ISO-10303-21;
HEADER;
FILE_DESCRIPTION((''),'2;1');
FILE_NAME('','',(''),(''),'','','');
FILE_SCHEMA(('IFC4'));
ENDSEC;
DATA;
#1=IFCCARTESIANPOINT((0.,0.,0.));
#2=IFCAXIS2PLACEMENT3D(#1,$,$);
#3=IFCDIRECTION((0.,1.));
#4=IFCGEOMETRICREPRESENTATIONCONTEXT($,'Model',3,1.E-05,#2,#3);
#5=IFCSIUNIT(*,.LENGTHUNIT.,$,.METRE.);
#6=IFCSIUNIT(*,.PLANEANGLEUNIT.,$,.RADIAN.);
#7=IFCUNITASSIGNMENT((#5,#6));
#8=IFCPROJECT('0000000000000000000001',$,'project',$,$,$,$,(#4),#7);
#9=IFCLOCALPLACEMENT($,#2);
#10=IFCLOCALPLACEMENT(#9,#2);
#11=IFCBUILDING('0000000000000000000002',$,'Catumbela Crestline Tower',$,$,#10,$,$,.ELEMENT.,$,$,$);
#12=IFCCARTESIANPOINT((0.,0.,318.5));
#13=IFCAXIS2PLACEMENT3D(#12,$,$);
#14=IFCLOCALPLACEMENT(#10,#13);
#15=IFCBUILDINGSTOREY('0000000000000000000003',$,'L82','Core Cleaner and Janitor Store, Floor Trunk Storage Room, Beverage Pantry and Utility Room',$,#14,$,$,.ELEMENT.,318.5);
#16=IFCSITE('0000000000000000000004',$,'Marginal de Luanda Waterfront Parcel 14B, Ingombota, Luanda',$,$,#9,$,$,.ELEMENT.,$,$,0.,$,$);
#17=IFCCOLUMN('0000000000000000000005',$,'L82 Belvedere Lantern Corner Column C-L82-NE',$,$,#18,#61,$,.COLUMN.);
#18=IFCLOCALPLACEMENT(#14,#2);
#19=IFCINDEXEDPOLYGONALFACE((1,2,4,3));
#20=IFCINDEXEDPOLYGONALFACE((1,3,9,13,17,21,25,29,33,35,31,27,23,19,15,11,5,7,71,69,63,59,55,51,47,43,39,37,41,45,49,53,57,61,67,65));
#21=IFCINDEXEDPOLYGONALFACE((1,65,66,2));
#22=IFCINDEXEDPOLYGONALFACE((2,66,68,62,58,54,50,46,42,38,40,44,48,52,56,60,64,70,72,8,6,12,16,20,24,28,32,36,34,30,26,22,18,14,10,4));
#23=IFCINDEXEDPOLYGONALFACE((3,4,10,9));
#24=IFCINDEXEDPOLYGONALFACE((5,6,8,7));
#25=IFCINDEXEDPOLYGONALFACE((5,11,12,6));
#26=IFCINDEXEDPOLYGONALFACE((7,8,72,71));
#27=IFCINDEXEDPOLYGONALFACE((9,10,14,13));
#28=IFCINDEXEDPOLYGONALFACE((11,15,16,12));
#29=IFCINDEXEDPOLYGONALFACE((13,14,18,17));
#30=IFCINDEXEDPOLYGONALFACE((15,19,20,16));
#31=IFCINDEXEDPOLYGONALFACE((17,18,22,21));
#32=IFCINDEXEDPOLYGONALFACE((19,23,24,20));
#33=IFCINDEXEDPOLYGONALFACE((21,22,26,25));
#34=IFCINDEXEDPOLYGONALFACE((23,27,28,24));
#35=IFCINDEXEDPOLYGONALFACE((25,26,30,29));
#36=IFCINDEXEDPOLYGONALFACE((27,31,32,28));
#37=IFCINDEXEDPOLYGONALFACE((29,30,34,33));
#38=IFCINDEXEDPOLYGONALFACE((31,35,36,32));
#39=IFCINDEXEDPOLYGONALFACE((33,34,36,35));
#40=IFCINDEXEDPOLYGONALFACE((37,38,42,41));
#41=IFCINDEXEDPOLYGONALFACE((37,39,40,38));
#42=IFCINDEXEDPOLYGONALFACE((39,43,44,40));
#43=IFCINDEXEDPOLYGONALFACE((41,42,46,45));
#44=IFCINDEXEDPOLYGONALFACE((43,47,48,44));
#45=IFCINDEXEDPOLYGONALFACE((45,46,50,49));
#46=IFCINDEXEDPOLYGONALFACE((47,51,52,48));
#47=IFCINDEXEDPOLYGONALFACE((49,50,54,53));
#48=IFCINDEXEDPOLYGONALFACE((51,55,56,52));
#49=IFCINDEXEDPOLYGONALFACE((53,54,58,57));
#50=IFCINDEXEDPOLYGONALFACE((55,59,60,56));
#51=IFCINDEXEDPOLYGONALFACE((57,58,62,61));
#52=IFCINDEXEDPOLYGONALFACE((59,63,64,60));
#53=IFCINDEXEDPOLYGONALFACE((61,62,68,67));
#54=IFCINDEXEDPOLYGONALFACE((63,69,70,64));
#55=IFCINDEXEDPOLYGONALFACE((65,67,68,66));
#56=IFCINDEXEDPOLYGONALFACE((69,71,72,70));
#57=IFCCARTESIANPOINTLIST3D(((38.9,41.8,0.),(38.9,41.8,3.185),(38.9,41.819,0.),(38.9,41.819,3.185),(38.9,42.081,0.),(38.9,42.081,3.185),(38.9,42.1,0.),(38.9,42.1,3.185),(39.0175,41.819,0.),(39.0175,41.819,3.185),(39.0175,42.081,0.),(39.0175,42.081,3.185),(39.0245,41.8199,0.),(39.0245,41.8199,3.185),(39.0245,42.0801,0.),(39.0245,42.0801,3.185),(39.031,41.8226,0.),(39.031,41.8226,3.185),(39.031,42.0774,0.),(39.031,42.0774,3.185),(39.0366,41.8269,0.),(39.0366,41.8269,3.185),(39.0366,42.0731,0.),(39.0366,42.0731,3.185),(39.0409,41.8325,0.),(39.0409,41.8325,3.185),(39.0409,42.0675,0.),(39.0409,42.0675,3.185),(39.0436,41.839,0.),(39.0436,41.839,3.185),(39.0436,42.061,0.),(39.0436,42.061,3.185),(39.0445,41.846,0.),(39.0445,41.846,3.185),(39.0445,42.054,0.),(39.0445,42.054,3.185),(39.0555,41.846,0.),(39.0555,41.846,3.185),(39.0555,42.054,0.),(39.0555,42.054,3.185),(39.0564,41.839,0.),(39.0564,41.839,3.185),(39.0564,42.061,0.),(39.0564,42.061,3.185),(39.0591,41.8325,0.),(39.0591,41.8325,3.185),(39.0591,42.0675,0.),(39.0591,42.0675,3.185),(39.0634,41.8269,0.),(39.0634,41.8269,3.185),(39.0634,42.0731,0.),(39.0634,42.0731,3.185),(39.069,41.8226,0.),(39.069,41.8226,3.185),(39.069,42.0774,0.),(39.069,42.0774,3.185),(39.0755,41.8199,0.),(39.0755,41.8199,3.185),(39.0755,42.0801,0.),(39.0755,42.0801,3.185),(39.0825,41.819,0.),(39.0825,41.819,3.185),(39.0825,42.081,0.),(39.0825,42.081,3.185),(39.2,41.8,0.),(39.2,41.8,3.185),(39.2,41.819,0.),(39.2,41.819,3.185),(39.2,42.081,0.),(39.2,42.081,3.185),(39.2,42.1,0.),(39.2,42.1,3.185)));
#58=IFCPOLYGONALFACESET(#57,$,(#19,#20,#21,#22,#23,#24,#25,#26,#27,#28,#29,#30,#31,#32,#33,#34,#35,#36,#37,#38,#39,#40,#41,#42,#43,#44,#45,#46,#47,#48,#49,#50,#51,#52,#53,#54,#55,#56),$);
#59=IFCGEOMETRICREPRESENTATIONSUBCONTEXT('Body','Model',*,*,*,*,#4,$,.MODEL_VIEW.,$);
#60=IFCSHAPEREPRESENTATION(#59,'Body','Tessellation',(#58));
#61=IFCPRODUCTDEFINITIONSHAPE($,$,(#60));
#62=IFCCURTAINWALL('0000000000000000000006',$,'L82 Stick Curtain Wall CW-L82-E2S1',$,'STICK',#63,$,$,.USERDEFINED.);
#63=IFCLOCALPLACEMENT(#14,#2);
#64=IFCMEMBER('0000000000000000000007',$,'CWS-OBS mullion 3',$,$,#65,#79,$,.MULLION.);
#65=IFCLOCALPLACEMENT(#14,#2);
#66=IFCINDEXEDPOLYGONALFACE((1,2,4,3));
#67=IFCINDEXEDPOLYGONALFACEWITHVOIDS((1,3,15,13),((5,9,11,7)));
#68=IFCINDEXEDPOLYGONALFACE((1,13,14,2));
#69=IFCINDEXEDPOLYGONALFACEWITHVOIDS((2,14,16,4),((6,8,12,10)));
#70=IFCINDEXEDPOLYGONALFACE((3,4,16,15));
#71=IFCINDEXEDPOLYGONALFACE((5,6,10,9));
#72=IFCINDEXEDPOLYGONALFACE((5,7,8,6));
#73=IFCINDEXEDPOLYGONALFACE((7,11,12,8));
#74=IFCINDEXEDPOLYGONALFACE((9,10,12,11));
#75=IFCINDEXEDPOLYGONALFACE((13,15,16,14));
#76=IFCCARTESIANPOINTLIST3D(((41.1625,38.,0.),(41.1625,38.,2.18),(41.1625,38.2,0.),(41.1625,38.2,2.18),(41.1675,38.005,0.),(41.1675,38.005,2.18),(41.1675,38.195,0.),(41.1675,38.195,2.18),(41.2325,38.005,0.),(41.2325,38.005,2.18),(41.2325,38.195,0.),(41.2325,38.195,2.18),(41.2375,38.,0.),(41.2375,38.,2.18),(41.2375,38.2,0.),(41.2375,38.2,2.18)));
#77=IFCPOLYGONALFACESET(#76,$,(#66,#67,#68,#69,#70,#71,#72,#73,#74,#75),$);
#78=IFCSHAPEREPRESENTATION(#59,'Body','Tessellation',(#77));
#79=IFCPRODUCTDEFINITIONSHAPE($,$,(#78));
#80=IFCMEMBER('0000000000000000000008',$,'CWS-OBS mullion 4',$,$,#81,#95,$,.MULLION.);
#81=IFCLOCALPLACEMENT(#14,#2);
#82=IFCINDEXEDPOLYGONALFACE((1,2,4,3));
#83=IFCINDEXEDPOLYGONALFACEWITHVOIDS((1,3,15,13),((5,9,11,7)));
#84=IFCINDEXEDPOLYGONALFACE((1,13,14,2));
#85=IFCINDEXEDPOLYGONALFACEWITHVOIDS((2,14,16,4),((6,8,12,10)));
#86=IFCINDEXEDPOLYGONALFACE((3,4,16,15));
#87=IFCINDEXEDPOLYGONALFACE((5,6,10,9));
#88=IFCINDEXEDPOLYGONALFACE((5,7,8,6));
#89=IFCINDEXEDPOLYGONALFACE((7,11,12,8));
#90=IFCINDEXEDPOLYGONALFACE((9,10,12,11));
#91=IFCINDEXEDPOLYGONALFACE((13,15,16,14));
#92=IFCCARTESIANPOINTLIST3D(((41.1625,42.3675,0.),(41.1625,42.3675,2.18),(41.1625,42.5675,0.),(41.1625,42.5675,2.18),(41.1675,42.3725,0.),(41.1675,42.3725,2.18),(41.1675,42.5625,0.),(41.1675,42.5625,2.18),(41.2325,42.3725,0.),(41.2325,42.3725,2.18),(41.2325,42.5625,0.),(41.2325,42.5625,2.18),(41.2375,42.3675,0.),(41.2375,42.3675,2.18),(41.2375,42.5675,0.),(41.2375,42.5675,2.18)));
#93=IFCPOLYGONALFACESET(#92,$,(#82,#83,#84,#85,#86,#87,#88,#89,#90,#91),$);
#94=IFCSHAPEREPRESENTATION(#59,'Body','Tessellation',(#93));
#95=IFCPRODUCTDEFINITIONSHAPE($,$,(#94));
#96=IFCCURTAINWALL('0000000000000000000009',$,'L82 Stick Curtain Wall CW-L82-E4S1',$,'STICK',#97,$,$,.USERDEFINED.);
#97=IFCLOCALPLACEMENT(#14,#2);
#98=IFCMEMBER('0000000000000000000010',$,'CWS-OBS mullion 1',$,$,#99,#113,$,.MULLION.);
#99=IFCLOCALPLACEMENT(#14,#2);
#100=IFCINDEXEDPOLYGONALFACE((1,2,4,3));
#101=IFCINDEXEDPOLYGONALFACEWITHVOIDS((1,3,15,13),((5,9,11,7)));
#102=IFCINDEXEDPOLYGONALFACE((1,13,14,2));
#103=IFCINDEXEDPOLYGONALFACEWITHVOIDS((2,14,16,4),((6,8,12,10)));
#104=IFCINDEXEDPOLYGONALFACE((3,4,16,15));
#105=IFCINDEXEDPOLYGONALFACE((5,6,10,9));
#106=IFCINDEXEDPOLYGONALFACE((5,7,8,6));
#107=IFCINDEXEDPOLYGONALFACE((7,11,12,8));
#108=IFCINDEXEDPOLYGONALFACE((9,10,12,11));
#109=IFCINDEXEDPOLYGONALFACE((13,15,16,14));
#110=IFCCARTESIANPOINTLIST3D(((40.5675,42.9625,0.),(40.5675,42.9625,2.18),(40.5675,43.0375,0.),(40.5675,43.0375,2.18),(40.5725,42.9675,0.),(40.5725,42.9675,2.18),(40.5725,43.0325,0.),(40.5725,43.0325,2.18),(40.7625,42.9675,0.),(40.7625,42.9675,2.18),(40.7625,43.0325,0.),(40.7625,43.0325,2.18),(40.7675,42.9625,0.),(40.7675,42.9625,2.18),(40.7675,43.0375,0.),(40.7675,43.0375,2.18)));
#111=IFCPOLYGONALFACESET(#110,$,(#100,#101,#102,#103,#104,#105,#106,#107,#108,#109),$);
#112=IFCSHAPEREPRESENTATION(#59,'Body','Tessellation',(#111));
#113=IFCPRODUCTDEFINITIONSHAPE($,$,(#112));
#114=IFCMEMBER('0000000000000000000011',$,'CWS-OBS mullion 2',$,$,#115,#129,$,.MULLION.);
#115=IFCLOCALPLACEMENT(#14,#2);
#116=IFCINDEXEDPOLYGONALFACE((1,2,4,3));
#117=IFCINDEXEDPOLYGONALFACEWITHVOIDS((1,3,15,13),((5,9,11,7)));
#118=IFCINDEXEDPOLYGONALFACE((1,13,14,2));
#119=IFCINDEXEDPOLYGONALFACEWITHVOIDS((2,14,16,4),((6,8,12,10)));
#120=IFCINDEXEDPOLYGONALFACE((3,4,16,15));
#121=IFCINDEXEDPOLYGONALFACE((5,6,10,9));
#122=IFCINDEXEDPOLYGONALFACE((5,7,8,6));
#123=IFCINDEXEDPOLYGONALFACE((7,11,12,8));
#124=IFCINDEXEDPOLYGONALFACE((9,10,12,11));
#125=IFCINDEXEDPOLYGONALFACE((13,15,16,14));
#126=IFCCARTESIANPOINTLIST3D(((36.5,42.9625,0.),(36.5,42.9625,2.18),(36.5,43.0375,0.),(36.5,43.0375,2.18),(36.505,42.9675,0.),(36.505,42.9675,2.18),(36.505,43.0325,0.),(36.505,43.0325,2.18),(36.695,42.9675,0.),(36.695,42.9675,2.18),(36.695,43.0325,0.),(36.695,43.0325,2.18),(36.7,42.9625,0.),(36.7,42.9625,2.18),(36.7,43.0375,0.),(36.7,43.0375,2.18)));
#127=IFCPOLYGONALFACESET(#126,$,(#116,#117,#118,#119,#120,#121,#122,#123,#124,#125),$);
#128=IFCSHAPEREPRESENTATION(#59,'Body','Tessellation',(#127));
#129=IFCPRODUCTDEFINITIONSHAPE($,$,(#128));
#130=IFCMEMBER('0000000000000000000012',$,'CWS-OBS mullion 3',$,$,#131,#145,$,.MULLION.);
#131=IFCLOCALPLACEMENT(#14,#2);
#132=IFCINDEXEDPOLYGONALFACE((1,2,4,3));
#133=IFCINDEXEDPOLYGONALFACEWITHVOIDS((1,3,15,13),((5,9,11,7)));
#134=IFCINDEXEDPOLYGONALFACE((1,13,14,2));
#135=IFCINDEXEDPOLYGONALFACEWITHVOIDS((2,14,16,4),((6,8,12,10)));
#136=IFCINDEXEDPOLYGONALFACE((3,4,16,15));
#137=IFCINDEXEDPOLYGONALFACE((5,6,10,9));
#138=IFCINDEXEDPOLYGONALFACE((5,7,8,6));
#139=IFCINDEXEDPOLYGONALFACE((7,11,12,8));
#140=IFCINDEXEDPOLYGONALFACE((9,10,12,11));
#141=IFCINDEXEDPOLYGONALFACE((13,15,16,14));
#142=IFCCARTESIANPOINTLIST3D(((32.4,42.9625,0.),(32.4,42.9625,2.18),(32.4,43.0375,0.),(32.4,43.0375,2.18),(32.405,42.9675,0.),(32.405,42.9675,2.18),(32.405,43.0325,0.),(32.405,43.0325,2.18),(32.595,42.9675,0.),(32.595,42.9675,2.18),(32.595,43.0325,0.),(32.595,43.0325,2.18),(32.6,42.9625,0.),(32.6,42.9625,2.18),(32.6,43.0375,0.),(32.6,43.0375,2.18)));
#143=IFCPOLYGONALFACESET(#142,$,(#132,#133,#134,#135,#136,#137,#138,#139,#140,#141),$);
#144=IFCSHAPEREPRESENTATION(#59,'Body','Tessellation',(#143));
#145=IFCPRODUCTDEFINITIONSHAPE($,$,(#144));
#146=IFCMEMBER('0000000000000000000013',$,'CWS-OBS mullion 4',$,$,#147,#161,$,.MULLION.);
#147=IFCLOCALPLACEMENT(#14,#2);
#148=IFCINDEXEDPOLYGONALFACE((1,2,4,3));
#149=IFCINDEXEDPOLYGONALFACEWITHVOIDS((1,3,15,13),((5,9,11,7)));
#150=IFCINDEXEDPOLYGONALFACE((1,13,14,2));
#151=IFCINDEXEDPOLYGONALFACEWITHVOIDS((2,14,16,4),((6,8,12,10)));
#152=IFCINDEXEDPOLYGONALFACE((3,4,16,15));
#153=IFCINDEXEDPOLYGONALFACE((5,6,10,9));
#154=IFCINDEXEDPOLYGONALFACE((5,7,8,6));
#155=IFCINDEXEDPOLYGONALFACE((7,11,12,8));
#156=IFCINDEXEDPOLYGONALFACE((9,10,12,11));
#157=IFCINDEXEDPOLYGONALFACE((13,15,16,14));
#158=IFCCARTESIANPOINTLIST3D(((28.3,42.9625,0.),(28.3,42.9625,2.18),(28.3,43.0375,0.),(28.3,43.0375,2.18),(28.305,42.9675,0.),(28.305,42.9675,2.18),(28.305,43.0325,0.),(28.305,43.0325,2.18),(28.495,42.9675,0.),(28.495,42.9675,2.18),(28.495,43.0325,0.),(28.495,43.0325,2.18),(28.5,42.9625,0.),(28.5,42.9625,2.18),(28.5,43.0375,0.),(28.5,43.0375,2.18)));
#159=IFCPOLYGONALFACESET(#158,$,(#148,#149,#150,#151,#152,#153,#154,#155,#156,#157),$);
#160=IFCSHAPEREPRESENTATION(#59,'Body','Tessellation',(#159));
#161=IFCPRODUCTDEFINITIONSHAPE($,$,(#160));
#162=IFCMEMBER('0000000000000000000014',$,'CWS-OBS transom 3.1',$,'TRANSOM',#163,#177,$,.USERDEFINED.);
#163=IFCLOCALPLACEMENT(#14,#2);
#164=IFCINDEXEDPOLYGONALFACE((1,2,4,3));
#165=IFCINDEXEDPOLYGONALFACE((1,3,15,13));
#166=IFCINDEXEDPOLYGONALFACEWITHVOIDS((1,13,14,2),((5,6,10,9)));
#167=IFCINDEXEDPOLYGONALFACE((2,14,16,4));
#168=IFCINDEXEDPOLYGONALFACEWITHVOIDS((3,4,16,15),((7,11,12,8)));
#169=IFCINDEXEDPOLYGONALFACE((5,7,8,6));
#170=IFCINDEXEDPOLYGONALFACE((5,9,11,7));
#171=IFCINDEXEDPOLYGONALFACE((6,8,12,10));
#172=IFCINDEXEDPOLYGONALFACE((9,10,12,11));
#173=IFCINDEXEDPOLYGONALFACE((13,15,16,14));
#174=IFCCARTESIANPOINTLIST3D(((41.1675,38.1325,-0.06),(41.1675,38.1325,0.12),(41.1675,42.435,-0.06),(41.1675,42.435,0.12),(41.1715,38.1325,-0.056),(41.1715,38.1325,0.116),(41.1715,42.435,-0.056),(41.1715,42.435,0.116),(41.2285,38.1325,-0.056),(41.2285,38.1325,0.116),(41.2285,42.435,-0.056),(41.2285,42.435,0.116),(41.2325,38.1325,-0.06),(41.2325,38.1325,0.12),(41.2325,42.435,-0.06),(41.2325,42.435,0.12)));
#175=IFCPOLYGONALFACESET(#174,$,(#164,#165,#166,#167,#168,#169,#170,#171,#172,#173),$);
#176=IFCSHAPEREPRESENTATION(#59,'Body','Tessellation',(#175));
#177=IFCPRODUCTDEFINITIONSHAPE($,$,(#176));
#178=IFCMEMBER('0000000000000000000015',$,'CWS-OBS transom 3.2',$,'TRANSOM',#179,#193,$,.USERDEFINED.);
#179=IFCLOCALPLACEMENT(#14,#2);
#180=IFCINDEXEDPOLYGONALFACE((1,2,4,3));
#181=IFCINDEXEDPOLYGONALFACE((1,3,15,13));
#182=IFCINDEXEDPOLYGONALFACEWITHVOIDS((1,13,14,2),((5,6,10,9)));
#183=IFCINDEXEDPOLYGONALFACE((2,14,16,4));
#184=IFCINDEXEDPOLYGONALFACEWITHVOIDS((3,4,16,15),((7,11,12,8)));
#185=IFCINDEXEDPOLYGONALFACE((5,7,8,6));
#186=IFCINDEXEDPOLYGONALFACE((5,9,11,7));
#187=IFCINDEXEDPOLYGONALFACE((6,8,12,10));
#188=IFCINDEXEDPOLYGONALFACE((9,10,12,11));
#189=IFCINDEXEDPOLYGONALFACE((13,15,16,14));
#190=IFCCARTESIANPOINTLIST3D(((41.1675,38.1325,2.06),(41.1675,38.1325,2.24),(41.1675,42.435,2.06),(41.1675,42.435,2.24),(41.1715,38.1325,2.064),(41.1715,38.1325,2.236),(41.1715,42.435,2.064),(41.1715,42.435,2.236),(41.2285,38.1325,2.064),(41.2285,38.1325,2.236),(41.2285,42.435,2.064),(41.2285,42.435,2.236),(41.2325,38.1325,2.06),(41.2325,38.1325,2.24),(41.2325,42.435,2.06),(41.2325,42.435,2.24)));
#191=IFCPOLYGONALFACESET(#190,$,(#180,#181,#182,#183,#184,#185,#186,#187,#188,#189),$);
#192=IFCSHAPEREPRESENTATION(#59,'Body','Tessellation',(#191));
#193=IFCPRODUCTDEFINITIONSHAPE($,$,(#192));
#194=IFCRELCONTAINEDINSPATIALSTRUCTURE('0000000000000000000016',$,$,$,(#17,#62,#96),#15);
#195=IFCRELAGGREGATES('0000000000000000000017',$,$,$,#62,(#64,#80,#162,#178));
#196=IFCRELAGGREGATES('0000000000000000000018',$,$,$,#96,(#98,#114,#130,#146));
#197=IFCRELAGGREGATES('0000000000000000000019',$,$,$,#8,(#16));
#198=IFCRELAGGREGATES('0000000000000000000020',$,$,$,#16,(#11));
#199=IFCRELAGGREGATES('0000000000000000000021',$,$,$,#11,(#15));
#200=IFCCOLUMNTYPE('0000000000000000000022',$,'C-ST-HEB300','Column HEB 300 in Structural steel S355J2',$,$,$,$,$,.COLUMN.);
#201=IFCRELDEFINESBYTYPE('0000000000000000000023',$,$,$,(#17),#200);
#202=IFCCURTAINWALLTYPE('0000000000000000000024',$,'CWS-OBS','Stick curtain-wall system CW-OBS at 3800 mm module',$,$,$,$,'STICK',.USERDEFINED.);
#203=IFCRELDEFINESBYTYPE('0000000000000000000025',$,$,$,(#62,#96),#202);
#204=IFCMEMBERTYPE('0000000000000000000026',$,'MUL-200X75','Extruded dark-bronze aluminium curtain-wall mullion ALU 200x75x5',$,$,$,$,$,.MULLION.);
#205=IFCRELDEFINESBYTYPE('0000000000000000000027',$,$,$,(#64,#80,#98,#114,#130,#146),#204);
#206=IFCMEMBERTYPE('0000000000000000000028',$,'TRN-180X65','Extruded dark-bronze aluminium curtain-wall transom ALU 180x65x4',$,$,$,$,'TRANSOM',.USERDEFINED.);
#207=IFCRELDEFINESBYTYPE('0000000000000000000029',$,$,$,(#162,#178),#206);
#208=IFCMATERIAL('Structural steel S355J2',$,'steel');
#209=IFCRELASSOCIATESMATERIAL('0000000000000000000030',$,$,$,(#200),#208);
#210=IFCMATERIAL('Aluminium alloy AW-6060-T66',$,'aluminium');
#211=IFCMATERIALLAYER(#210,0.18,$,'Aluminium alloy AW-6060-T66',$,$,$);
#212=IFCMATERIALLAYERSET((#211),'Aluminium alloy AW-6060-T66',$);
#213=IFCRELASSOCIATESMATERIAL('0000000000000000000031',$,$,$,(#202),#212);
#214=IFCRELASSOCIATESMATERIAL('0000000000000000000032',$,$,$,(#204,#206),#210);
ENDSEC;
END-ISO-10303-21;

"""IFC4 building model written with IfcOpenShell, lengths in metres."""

from ifc_helpers import new_model, si_unit, direction, frame, origin, origin_2d, place, context, subcontext, project, spatial, hollow_rectangle, i_section, extrude, material, layer, layer_set, material_profile, profile_set, type_object, element, aggregate, save


model = new_model("IFC4")

# Units and contexts
model_context = context("Model", 3, precision=1e-05, world=origin(), true_north=direction((0.0, 1.0)))
body_context = subcontext(model_context, "Body", "Model", "MODEL_VIEW")
ifc_project = project(units=[si_unit("LENGTHUNIT", "METRE"), si_unit("PLANEANGLEUNIT", "RADIAN")], contexts=[model_context])

# Site, building, storey
site_placement = place(None, origin())
site = spatial("IfcSite", under=ifc_project, at=site_placement, Name="Marginal de Luanda Waterfront Parcel 14B, Ingombota, Luanda", CompositionType="ELEMENT", RefElevation=0.0)
building_placement = place(site_placement, origin())
building = spatial("IfcBuilding", under=site, at=building_placement, Name="Catumbela Crestline Tower", CompositionType="ELEMENT")
storey_placement = place(building_placement, frame((0.0, 0.0, 318.5)))
storey = spatial("IfcBuildingStorey", under=building, at=storey_placement, Name="L82", Description="Core Cleaner and Janitor Store, Floor Trunk Storage Room, Beverage Pantry and Utility Room", CompositionType="ELEMENT", Elevation=318.5)

# Column
ifc_material_1 = material(Name="Structural steel S355J2", Category="steel")
ifc_material_profile_1 = material_profile(ifc_material_1, i_section(OverallWidth=0.3, OverallDepth=0.3, WebThickness=0.011, FlangeThickness=0.019, FilletRadius=0.027, at=origin_2d()), Name="HEB 300")
ifc_profile_set_1 = profile_set([ifc_material_profile_1], Name="Structural steel S355J2")
column_type = type_object("IfcColumnType", Name="C-ST-HEB300", Description="Column HEB 300 in Structural steel S355J2", PredefinedType="COLUMN", material=ifc_profile_set_1)
column_placement = place(storey_placement, frame((39.05, 41.95, 0.0), z_axis=(0.0, 0.0, 1.0), x_axis=(1.0, 0.0, 0.0)))
element("IfcColumn", 1, at=column_placement, inside=storey, type_object=column_type, Name="L82 Belvedere Lantern Corner Column C-L82-NE", PredefinedType="COLUMN", context=body_context, shape_type="SweptSolid", body=[
    extrude(i_section(OverallWidth=0.3, OverallDepth=0.3, WebThickness=0.011, FlangeThickness=0.019, FilletRadius=0.027, at=origin_2d()), origin(), (0.0, 0.0, 1.0), 3.185),
])

# Curtain walls, members
ifc_material_2 = material(Name="Aluminium alloy AW-6060-T66", Category="aluminium")
ifc_layer_1 = layer(ifc_material_2, 0.18, Name="Aluminium alloy AW-6060-T66")
ifc_layer_set_1 = layer_set([ifc_layer_1], Name="Aluminium alloy AW-6060-T66")
curtain_wall_type = type_object("IfcCurtainWallType", Name="CWS-OBS", Description="Stick curtain-wall system CW-OBS at 3800 mm module", ElementType="STICK", PredefinedType="USERDEFINED", material=ifc_layer_set_1)
curtain_wall_1_placement = place(storey_placement, origin())
curtain_wall_1 = element("IfcCurtainWall", 2, at=curtain_wall_1_placement, inside=storey, type_object=curtain_wall_type, Name="L82 Stick Curtain Wall CW-L82-E2S1", ObjectType="STICK", PredefinedType="USERDEFINED")
ifc_material_profile_2 = material_profile(ifc_material_2, hollow_rectangle(XDim=0.075, YDim=0.2, WallThickness=0.005, at=origin_2d()), Name="ALU 200x75x5")
ifc_profile_set_2 = profile_set([ifc_material_profile_2], Name="Aluminium alloy AW-6060-T66")
member_type_1 = type_object("IfcMemberType", Name="MUL-200X75", Description="Extruded dark-bronze aluminium curtain-wall mullion ALU 200x75x5", PredefinedType="MULLION", material=ifc_profile_set_2)
member_1_placement = place(storey_placement, frame((41.2, 38.1, 0.0), z_axis=(0.0, 0.0, 1.0), x_axis=(-1.0, 0.0, 0.0)))
member_1 = element("IfcMember", 3, at=member_1_placement, type_object=member_type_1, Name="CWS-OBS mullion 3", PredefinedType="MULLION", context=body_context, shape_type="SweptSolid", body=[
    extrude(hollow_rectangle(XDim=0.075, YDim=0.2, WallThickness=0.005, at=origin_2d()), origin(), (0.0, 0.0, 1.0), 2.18),
])
member_2_placement = place(storey_placement, frame((41.2, 42.4675, 0.0), z_axis=(0.0, 0.0, 1.0), x_axis=(-1.0, 0.0, 0.0)))
member_2 = element("IfcMember", 4, at=member_2_placement, type_object=member_type_1, Name="CWS-OBS mullion 4", PredefinedType="MULLION", context=body_context, shape_type="SweptSolid", body=[
    extrude(hollow_rectangle(XDim=0.075, YDim=0.2, WallThickness=0.005, at=origin_2d()), origin(), (0.0, 0.0, 1.0), 2.18),
])
curtain_wall_2_placement = place(storey_placement, origin())
curtain_wall_2 = element("IfcCurtainWall", 5, at=curtain_wall_2_placement, inside=storey, type_object=curtain_wall_type, Name="L82 Stick Curtain Wall CW-L82-E4S1", ObjectType="STICK", PredefinedType="USERDEFINED")
member_3_placement = place(storey_placement, frame((40.6675, 43.0, 0.0), z_axis=(0.0, 0.0, 1.0), x_axis=(0.0, -1.0, 0.0)))
member_3 = element("IfcMember", 6, at=member_3_placement, type_object=member_type_1, Name="CWS-OBS mullion 1", PredefinedType="MULLION", context=body_context, shape_type="SweptSolid", body=[
    extrude(hollow_rectangle(XDim=0.075, YDim=0.2, WallThickness=0.005, at=origin_2d()), origin(), (0.0, 0.0, 1.0), 2.18),
])
member_4_placement = place(storey_placement, frame((36.6, 43.0, 0.0), z_axis=(0.0, 0.0, 1.0), x_axis=(0.0, -1.0, 0.0)))
member_4 = element("IfcMember", 7, at=member_4_placement, type_object=member_type_1, Name="CWS-OBS mullion 2", PredefinedType="MULLION", context=body_context, shape_type="SweptSolid", body=[
    extrude(hollow_rectangle(XDim=0.075, YDim=0.2, WallThickness=0.005, at=origin_2d()), origin(), (0.0, 0.0, 1.0), 2.18),
])
member_5_placement = place(storey_placement, frame((32.5, 43.0, 0.0), z_axis=(0.0, 0.0, 1.0), x_axis=(0.0, -1.0, 0.0)))
member_5 = element("IfcMember", 8, at=member_5_placement, type_object=member_type_1, Name="CWS-OBS mullion 3", PredefinedType="MULLION", context=body_context, shape_type="SweptSolid", body=[
    extrude(hollow_rectangle(XDim=0.075, YDim=0.2, WallThickness=0.005, at=origin_2d()), origin(), (0.0, 0.0, 1.0), 2.18),
])
member_6_placement = place(storey_placement, frame((28.4, 43.0, 0.0), z_axis=(0.0, 0.0, 1.0), x_axis=(0.0, -1.0, 0.0)))
member_6 = element("IfcMember", 9, at=member_6_placement, type_object=member_type_1, Name="CWS-OBS mullion 4", PredefinedType="MULLION", context=body_context, shape_type="SweptSolid", body=[
    extrude(hollow_rectangle(XDim=0.075, YDim=0.2, WallThickness=0.005, at=origin_2d()), origin(), (0.0, 0.0, 1.0), 2.18),
])

# Members
ifc_material_profile_3 = material_profile(ifc_material_2, hollow_rectangle(XDim=0.065, YDim=0.18, WallThickness=0.004, at=origin_2d()), Name="ALU 180x65x4")
ifc_profile_set_3 = profile_set([ifc_material_profile_3], Name="Aluminium alloy AW-6060-T66")
member_type_2 = type_object("IfcMemberType", Name="TRN-180X65", Description="Extruded dark-bronze aluminium curtain-wall transom ALU 180x65x4", ElementType="TRANSOM", PredefinedType="USERDEFINED", material=ifc_profile_set_3)
member_7_placement = place(storey_placement, frame((41.2, 38.1325, 0.03), z_axis=(0.0, 1.0, 0.0), x_axis=(-1.0, 0.0, 0.0)))
member_7 = element("IfcMember", 10, at=member_7_placement, type_object=member_type_2, Name="CWS-OBS transom 3.1", ObjectType="TRANSOM", PredefinedType="USERDEFINED", context=body_context, shape_type="SweptSolid", body=[
    extrude(hollow_rectangle(XDim=0.065, YDim=0.18, WallThickness=0.004, at=origin_2d()), origin(), (0.0, 0.0, 1.0), 4.3025),
])
member_8_placement = place(storey_placement, frame((41.2, 38.1325, 2.15), z_axis=(0.0, 1.0, 0.0), x_axis=(-1.0, 0.0, 0.0)))
member_8 = element("IfcMember", 11, at=member_8_placement, type_object=member_type_2, Name="CWS-OBS transom 3.2", ObjectType="TRANSOM", PredefinedType="USERDEFINED", context=body_context, shape_type="SweptSolid", body=[
    extrude(hollow_rectangle(XDim=0.065, YDim=0.18, WallThickness=0.004, at=origin_2d()), origin(), (0.0, 0.0, 1.0), 4.3025),
])

aggregate(curtain_wall_1, [member_1, member_2, member_7, member_8])
aggregate(curtain_wall_2, [member_3, member_4, member_5, member_6])

save(model, "model.ifc")
